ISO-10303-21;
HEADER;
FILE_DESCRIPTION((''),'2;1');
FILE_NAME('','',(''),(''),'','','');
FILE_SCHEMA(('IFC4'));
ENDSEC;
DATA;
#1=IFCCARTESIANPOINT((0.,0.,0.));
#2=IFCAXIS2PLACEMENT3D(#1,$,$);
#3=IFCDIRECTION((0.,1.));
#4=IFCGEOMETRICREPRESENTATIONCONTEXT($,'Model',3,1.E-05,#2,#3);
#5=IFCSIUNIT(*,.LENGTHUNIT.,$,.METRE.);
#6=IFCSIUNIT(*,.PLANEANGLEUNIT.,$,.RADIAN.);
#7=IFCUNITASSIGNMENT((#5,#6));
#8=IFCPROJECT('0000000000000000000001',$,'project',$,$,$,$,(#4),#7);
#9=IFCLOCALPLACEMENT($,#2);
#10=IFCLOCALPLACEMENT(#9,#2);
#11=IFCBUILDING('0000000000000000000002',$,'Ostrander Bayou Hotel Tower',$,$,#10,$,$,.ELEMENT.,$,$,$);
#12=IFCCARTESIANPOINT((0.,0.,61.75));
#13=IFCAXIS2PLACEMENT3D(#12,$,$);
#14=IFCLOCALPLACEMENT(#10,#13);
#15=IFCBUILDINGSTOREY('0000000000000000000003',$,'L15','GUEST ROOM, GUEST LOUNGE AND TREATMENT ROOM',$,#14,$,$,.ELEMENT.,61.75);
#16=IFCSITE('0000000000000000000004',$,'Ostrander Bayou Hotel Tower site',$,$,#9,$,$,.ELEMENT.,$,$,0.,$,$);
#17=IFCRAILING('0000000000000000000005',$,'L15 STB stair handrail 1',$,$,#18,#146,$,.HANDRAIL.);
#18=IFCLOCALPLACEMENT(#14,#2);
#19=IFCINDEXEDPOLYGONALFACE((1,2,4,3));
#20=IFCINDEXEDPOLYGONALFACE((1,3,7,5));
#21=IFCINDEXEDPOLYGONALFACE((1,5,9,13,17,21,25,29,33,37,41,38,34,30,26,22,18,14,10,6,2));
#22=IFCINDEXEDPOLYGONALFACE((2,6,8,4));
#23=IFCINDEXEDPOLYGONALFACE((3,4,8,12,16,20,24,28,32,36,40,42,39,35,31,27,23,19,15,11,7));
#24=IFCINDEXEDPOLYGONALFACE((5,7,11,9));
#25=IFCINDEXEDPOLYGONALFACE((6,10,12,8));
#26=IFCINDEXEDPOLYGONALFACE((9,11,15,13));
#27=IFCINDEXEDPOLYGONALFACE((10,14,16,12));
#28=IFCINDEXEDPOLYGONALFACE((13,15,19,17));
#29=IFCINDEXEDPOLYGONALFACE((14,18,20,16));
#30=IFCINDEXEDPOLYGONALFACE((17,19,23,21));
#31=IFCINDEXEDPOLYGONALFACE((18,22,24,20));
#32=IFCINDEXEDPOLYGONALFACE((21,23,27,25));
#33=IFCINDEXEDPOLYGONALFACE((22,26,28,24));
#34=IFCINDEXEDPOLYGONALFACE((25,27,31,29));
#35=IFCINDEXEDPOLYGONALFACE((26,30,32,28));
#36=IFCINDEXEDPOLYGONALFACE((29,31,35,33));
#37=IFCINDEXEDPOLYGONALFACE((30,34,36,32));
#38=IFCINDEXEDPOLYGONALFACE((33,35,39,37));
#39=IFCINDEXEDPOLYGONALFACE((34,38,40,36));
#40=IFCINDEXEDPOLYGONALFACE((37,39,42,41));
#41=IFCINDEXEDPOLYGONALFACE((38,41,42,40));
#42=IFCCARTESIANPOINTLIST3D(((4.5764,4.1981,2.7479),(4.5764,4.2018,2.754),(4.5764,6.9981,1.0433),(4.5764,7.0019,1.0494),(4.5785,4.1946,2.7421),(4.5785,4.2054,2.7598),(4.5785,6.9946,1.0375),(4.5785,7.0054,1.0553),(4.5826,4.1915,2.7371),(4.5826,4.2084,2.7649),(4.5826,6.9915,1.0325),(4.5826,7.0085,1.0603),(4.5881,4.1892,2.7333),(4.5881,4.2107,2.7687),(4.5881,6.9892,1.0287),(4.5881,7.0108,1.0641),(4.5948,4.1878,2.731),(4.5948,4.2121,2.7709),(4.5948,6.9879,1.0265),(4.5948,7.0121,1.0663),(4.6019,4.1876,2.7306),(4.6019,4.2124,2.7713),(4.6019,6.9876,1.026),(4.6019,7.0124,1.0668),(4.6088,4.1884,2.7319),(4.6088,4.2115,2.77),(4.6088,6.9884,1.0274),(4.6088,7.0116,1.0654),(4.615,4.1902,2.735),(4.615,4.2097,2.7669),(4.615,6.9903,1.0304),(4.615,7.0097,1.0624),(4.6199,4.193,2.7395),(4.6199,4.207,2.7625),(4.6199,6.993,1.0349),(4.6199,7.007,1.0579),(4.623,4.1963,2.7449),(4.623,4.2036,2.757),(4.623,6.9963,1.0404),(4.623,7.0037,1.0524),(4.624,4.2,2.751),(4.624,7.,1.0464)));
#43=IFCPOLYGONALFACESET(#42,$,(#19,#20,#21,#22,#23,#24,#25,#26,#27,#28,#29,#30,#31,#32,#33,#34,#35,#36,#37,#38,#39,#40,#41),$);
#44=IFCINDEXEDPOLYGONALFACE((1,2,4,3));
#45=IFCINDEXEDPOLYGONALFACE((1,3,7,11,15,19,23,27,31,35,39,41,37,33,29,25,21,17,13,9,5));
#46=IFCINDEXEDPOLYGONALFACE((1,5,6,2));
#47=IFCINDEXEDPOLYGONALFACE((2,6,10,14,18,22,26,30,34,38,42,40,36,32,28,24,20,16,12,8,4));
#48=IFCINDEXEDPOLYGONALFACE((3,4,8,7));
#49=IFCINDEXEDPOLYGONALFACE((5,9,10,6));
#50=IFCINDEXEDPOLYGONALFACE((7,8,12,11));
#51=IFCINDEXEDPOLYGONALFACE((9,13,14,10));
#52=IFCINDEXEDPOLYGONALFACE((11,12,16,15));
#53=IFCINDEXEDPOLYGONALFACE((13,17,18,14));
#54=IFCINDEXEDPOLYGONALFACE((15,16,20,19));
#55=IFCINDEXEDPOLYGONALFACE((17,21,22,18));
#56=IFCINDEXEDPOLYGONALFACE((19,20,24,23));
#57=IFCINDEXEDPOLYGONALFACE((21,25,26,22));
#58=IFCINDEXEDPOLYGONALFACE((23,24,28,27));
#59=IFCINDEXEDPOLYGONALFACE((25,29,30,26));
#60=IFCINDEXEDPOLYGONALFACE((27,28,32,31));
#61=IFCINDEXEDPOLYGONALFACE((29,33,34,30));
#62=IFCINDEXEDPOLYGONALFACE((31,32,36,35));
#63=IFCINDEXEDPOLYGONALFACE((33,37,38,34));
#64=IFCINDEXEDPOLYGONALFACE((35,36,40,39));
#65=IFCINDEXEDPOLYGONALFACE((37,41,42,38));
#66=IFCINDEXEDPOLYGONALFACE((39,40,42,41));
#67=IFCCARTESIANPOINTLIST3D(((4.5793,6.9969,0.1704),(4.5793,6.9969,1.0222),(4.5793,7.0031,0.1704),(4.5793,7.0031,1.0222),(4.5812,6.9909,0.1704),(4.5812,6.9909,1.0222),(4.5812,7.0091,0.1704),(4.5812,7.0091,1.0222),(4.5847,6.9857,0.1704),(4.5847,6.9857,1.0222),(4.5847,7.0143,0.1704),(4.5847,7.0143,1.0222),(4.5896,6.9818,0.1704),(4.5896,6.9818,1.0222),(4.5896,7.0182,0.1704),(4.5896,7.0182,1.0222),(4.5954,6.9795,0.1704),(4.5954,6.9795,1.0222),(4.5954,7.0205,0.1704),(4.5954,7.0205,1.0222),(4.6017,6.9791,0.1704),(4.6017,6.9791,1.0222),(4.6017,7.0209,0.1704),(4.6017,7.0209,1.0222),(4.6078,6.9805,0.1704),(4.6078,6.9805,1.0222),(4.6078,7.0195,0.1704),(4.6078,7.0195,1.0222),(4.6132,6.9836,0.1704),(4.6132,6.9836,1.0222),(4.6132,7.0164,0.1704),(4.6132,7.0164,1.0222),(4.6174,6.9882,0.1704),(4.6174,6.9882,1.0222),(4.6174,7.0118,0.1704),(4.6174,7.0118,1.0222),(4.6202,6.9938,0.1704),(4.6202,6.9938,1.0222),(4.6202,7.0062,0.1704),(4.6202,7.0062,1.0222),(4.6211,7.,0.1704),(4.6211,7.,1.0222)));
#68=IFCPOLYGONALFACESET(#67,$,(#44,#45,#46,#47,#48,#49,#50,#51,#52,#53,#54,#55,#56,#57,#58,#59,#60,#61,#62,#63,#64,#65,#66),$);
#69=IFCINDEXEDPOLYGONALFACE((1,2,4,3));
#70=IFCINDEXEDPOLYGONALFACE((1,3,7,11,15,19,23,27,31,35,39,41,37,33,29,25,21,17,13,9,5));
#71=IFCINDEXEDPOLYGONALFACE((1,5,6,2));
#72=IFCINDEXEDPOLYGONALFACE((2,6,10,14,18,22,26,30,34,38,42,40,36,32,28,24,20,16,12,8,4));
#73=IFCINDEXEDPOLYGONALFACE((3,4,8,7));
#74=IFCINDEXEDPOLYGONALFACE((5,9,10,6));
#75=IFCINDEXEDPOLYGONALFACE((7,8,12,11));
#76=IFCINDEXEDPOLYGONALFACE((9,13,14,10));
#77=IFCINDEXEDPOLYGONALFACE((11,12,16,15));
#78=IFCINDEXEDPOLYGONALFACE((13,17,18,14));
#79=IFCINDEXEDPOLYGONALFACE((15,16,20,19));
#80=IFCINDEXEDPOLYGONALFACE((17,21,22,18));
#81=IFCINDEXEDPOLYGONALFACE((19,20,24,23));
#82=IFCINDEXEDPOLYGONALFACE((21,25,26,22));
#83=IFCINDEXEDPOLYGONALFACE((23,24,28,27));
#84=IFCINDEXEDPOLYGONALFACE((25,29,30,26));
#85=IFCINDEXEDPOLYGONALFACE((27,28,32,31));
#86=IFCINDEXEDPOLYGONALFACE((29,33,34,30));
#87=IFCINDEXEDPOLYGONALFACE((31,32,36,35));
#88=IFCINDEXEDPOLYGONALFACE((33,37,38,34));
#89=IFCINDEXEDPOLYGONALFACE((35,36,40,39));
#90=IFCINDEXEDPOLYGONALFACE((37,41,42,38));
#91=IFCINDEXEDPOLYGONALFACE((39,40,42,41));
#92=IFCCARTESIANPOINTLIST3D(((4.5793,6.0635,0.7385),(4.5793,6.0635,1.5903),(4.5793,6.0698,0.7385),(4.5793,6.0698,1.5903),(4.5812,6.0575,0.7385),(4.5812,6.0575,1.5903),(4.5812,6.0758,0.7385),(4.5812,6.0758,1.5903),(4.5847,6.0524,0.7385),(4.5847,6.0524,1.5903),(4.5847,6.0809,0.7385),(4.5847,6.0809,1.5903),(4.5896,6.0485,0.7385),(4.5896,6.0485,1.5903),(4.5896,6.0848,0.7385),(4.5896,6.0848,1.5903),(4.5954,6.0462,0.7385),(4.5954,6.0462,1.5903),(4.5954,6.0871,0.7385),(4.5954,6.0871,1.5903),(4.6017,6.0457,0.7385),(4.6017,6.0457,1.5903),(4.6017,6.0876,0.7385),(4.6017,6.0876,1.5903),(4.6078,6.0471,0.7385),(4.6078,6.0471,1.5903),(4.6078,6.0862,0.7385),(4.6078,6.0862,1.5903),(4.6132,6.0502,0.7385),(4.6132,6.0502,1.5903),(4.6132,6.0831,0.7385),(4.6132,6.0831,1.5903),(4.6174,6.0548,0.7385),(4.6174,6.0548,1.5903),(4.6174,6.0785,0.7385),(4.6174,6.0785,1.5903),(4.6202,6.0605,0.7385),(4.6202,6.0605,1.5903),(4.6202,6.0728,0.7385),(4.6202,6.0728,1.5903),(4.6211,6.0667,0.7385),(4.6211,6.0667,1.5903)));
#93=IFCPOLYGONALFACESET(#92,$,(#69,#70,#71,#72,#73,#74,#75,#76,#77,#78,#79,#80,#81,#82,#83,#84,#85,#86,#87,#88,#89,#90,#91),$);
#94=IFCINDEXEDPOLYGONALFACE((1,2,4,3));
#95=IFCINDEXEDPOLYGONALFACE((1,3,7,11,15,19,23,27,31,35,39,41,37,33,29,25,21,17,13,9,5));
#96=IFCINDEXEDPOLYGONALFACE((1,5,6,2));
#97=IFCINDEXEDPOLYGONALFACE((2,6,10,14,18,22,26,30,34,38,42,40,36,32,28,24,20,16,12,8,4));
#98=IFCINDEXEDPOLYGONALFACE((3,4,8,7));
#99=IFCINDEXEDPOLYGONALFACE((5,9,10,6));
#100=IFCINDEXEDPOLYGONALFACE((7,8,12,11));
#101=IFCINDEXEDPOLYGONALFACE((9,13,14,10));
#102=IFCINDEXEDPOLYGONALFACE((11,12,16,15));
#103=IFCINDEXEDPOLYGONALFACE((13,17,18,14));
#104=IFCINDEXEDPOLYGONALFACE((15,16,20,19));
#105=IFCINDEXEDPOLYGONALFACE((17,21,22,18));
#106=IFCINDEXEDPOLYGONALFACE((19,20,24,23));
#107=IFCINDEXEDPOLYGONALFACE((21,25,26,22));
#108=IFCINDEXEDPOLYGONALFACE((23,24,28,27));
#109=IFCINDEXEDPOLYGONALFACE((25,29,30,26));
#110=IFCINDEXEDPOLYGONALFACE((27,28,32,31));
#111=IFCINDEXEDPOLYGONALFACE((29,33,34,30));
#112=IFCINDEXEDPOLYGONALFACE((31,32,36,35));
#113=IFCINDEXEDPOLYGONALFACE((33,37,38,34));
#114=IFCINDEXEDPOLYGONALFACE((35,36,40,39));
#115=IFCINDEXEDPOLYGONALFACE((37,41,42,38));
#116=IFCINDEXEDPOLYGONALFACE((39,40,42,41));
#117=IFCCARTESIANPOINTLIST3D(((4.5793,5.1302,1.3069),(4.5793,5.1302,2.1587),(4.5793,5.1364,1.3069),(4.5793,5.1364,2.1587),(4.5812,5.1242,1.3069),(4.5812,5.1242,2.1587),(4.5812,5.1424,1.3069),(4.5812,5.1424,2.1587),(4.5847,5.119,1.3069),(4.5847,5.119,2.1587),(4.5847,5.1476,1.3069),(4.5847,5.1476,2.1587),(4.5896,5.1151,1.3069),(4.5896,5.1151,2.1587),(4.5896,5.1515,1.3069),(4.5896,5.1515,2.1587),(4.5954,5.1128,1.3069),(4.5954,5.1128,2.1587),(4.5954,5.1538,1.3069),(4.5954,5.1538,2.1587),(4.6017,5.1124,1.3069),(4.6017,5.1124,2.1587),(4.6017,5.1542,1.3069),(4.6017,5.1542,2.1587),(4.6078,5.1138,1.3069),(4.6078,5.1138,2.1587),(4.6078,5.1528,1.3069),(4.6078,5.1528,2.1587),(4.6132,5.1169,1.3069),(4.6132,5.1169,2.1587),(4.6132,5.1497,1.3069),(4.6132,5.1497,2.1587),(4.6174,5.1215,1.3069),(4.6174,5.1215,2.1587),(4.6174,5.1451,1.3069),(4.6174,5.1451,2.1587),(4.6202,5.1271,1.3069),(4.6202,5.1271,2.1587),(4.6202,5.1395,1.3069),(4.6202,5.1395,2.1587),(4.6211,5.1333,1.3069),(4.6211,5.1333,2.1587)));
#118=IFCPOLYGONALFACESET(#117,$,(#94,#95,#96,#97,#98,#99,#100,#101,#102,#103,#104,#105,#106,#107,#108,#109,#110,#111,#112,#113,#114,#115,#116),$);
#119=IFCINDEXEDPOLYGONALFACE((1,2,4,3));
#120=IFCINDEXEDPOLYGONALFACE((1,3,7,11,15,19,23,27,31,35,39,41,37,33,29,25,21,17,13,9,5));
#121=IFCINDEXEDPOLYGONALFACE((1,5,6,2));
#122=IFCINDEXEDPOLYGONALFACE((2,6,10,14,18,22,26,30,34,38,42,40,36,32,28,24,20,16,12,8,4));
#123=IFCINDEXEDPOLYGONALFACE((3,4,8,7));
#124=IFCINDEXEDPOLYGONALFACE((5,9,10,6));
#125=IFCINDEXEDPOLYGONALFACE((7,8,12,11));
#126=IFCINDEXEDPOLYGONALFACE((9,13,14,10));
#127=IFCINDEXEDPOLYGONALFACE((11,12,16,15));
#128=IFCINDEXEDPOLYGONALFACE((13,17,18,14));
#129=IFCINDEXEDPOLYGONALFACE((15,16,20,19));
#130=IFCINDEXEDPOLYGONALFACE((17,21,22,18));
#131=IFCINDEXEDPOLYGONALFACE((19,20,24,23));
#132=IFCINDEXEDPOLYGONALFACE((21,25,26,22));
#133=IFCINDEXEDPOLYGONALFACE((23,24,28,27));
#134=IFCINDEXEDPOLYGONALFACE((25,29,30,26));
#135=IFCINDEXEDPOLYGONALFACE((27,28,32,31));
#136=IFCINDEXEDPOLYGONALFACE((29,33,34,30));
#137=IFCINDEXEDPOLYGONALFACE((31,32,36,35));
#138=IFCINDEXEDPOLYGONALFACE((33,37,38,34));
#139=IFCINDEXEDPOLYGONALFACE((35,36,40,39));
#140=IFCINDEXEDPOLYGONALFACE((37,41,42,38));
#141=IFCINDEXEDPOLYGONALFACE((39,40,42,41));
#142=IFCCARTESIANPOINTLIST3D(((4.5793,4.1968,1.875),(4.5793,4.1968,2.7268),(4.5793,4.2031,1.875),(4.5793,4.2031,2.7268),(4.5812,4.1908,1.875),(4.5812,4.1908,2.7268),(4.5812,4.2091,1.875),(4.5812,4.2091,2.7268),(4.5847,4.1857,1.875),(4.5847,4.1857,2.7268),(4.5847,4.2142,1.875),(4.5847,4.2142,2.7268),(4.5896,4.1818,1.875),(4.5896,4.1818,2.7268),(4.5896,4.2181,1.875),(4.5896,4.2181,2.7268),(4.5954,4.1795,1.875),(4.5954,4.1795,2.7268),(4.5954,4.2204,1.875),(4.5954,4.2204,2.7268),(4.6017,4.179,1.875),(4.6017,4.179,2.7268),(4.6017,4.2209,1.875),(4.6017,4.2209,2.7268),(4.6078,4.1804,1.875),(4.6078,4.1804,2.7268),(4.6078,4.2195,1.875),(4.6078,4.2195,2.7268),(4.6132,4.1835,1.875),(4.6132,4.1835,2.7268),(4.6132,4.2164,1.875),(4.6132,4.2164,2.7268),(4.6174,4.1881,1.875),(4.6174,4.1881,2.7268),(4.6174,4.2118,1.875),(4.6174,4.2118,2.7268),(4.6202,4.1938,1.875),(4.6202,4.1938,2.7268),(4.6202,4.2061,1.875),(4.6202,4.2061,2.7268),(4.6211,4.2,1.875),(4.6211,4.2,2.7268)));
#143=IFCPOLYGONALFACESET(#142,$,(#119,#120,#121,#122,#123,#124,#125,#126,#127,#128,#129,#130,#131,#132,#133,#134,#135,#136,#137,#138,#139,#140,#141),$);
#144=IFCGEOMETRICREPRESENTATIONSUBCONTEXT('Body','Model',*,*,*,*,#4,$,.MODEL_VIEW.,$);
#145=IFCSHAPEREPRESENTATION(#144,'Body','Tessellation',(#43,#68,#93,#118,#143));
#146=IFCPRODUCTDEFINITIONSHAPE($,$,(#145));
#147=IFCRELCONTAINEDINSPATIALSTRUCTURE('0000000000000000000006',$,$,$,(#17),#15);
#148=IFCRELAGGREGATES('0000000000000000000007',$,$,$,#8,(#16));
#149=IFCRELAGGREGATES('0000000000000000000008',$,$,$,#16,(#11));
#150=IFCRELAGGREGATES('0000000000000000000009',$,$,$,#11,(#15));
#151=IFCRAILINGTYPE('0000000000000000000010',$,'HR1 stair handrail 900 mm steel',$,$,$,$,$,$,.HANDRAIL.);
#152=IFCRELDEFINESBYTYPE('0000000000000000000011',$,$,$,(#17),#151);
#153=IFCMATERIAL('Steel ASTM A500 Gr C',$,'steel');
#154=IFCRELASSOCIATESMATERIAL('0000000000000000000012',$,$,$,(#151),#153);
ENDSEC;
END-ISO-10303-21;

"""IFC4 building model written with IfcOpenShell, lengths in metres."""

from ifc_helpers import new_model, si_unit, direction, frame, origin, origin_2d, place, context, subcontext, project, spatial, circle, extrude, material, type_object, element, save


model = new_model("IFC4")

# Units and contexts
model_context = context("Model", 3, precision=1e-05, world=origin(), true_north=direction((0.0, 1.0)))
body_context = subcontext(model_context, "Body", "Model", "MODEL_VIEW")
ifc_project = project(units=[si_unit("LENGTHUNIT", "METRE"), si_unit("PLANEANGLEUNIT", "RADIAN")], contexts=[model_context])

# Site, building, storey
site_placement = place(None, origin())
site = spatial("IfcSite", under=ifc_project, at=site_placement, Name="Ostrander Bayou Hotel Tower site", CompositionType="ELEMENT", RefElevation=0.0)
building_placement = place(site_placement, origin())
building = spatial("IfcBuilding", under=site, at=building_placement, Name="Ostrander Bayou Hotel Tower", CompositionType="ELEMENT")
storey_placement = place(building_placement, frame((0.0, 0.0, 61.75)))
storey = spatial("IfcBuildingStorey", under=building, at=storey_placement, Name="L15", Description="GUEST ROOM, GUEST LOUNGE AND TREATMENT ROOM", CompositionType="ELEMENT", Elevation=61.75)

# Railing
ifc_material_1 = material(Name="Steel ASTM A500 Gr C", Category="steel")
railing_type_1 = type_object("IfcRailingType", Name="HR1 stair handrail 900 mm steel", PredefinedType="HANDRAIL", material=ifc_material_1)
railing_1_placement = place(storey_placement, frame((4.6001, 7.0, 0.1704)))
element("IfcRailing", 1, at=railing_1_placement, inside=storey, type_object=railing_type_1, Name="L15 STB stair handrail 1", PredefinedType="HANDRAIL", context=body_context, shape_type="SweptSolid", body=[
    extrude(circle(Radius=0.0239, at=origin_2d()), frame((0.0, 0.0, 0.876), z_axis=(0.0, -0.85417, 0.519994), x_axis=(1.0, 0.0, 0.0)), (0.0, 0.0, 1.0), 3.2781),
    extrude(circle(Radius=0.021, at=origin_2d()), origin(), (0.0, 0.0, 1.0), 0.8518),
    extrude(circle(Radius=0.021, at=origin_2d()), frame((0.0, -0.9333, 0.5681)), (0.0, 0.0, 1.0), 0.8518),
    extrude(circle(Radius=0.021, at=origin_2d()), frame((0.0, -1.8667, 1.1365)), (0.0, 0.0, 1.0), 0.8518),
    extrude(circle(Radius=0.021, at=origin_2d()), frame((0.0, -2.8, 1.7046)), (0.0, 0.0, 1.0), 0.8518),
])

save(model, "model.ifc")
